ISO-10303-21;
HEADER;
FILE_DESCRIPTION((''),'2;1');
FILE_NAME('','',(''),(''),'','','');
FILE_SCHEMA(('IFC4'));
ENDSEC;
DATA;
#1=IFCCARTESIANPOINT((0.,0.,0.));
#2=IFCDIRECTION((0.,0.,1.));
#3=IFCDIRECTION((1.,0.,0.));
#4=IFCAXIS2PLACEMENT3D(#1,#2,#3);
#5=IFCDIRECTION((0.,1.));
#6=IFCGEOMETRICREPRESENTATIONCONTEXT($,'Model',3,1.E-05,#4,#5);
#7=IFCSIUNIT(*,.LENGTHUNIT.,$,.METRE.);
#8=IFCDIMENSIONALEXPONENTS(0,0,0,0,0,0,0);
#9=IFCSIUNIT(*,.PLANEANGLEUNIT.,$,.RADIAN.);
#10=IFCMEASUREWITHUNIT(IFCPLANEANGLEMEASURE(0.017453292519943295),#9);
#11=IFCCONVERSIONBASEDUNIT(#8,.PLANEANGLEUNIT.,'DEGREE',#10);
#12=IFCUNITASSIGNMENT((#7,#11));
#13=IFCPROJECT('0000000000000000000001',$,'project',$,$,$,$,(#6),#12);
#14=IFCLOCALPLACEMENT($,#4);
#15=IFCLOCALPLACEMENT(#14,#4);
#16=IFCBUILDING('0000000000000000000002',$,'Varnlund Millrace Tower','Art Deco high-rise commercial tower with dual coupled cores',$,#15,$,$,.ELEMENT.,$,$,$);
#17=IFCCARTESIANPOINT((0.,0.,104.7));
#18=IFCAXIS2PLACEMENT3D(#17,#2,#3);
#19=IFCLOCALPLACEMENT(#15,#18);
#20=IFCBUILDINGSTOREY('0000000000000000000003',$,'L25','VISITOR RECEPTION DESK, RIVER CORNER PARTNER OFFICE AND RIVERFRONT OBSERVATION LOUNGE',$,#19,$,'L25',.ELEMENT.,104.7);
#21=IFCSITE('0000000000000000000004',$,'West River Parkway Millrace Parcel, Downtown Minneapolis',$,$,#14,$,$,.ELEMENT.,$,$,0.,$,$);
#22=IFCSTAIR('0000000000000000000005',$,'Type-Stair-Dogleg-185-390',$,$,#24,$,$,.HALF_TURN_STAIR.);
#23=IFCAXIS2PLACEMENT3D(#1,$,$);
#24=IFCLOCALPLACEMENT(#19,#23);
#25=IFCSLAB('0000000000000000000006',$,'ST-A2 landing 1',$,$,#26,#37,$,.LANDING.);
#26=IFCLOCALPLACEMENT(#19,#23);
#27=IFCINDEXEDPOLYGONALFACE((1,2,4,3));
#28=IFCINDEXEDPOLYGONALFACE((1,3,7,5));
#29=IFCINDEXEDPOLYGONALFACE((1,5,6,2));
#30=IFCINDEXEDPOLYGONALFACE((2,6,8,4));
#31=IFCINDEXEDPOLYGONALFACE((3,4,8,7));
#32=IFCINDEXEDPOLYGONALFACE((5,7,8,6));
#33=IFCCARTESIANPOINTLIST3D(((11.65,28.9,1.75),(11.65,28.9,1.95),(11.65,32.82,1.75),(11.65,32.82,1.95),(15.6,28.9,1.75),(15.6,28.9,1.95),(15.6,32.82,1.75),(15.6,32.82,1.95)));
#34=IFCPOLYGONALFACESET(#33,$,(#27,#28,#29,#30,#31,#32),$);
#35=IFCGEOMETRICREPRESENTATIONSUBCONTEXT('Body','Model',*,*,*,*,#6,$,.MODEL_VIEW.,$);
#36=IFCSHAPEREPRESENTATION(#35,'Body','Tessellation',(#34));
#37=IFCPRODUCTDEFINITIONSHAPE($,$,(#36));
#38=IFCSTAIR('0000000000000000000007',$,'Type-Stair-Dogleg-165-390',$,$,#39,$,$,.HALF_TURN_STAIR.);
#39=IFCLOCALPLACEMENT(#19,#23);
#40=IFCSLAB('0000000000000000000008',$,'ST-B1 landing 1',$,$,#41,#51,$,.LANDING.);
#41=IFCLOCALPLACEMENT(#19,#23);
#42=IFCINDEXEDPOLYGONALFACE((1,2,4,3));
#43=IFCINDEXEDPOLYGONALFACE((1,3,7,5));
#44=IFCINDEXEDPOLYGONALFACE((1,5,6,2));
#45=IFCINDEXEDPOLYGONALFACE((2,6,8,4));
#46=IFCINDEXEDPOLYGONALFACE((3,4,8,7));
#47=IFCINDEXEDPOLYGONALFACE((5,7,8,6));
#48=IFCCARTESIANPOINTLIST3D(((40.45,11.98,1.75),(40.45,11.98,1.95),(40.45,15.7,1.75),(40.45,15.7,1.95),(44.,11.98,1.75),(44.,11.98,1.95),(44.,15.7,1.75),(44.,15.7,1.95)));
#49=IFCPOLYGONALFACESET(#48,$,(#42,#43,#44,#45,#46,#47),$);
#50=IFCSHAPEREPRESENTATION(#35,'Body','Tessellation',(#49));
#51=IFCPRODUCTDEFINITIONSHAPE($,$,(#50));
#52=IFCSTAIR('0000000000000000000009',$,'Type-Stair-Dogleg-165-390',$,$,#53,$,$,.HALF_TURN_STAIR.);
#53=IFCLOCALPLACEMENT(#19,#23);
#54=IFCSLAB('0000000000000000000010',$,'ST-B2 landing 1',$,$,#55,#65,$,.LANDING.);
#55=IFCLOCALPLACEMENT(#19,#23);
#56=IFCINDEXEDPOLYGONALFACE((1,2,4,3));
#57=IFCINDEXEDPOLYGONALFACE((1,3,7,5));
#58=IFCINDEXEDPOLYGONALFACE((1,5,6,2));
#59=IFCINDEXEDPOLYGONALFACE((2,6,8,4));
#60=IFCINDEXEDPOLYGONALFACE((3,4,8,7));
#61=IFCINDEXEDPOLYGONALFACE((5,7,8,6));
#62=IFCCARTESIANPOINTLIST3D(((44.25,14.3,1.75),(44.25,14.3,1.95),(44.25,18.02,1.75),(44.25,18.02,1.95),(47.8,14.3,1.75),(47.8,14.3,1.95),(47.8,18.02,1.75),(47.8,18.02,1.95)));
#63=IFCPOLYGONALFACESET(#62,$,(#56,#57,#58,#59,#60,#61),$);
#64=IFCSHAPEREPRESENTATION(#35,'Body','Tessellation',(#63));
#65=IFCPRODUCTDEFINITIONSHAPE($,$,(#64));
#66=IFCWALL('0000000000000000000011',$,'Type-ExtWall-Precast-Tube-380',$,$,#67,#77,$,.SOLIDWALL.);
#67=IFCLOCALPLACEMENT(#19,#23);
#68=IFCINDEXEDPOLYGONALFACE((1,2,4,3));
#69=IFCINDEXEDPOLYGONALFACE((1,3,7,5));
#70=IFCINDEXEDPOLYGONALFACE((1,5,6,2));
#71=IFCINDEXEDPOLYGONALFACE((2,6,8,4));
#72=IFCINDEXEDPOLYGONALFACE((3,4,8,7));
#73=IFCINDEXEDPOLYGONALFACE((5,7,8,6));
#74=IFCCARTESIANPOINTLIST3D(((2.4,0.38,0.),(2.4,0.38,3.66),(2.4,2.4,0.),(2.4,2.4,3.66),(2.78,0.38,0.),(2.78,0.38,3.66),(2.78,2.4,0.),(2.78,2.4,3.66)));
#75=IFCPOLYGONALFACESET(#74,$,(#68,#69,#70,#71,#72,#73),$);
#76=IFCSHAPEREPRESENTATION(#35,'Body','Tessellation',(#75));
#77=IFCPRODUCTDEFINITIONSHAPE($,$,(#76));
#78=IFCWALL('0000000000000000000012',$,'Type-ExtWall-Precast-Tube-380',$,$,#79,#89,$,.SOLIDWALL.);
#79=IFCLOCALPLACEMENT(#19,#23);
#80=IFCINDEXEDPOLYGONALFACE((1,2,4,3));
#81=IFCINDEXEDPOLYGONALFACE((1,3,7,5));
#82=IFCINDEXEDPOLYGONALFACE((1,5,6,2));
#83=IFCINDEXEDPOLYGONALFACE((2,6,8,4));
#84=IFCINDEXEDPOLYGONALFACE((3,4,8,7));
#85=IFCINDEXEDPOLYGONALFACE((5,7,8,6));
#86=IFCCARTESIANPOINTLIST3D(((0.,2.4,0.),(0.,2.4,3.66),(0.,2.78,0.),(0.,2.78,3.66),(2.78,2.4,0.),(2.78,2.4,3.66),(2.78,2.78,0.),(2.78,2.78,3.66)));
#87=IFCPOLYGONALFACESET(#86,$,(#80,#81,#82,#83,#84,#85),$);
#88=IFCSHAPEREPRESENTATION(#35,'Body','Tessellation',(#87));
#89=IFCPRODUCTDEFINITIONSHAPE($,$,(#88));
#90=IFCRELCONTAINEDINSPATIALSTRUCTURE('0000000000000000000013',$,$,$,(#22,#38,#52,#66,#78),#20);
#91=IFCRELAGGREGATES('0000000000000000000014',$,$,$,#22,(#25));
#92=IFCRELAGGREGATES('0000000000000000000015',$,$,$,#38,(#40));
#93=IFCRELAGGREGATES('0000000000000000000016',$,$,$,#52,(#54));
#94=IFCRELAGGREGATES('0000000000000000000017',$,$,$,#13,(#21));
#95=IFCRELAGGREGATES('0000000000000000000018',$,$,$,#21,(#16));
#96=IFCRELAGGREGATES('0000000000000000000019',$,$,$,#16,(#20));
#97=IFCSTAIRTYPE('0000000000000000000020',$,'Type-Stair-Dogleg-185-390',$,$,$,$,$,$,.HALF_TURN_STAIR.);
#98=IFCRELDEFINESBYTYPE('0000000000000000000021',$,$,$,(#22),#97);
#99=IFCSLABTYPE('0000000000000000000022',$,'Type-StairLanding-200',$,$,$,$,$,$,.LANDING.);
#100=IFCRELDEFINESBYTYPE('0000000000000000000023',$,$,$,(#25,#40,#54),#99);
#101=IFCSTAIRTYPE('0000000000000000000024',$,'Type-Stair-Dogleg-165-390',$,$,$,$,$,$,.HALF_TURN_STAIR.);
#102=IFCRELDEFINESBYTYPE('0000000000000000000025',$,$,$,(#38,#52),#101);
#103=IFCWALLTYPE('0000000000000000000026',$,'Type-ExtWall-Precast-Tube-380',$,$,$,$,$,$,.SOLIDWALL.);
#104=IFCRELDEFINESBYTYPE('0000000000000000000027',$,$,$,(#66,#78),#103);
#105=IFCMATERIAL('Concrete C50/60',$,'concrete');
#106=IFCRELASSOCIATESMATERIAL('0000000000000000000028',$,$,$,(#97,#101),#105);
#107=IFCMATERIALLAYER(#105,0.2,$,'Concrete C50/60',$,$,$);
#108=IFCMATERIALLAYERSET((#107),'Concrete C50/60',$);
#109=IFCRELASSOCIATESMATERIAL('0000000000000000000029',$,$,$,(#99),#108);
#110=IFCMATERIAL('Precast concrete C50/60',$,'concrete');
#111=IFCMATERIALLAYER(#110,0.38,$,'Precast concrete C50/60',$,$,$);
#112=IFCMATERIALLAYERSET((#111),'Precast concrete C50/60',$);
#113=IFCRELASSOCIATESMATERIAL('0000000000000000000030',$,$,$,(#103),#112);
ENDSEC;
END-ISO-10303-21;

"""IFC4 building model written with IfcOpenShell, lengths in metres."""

from ifc_helpers import new_model, entity, si_unit, converted_unit, direction, frame, origin_with_axes, place, context, subcontext, project, spatial, polyline, outline, extrude, material, layer, layer_set, type_object, element, aggregate, save


model = new_model("IFC4")

# Units and contexts
model_context = context("Model", 3, precision=1e-05, world=origin_with_axes(), true_north=direction((0.0, 1.0)))
body_context = subcontext(model_context, "Body", "Model", "MODEL_VIEW")
ifc_project = project(units=[si_unit("LENGTHUNIT", "METRE"), converted_unit("PLANEANGLEUNIT", "DEGREE", entity("IfcPlaneAngleMeasure", 0.017453292519943295), si_unit("PLANEANGLEUNIT", "RADIAN"), dimensions=[0, 0, 0, 0, 0, 0, 0])], contexts=[model_context])

# Site, building, storey
site_placement = place(None, origin_with_axes())
site = spatial("IfcSite", under=ifc_project, at=site_placement, Name="West River Parkway Millrace Parcel, Downtown Minneapolis", CompositionType="ELEMENT", RefElevation=0.0)
building_placement = place(site_placement, origin_with_axes())
building = spatial("IfcBuilding", under=site, at=building_placement, Name="Varnlund Millrace Tower", Description="Art Deco high-rise commercial tower with dual coupled cores", CompositionType="ELEMENT")
storey_placement = place(building_placement, frame((0.0, 0.0, 104.7), z_axis=(0.0, 0.0, 1.0), x_axis=(1.0, 0.0, 0.0)))
storey = spatial("IfcBuildingStorey", under=building, at=storey_placement, Name="L25", Description="VISITOR RECEPTION DESK, RIVER CORNER PARTNER OFFICE AND RIVERFRONT OBSERVATION LOUNGE", LongName="L25", CompositionType="ELEMENT", Elevation=104.7)

# Stairs, slabs
ifc_material_1 = material(Name="Concrete C50/60", Category="concrete")
stair_type_1 = type_object("IfcStairType", Name="Type-Stair-Dogleg-185-390", PredefinedType="HALF_TURN_STAIR", material=ifc_material_1)
ifc_layer_1 = layer(ifc_material_1, 0.2, Name="Concrete C50/60")
ifc_layer_set_1 = layer_set([ifc_layer_1], Name="Concrete C50/60")
slab_type = type_object("IfcSlabType", Name="Type-StairLanding-200", PredefinedType="LANDING", material=ifc_layer_set_1)
stair_1_placement = place(storey_placement, origin_with_axes())
stair_1 = element("IfcStair", 1, at=stair_1_placement, inside=storey, type_object=stair_type_1, Name="Type-Stair-Dogleg-185-390", PredefinedType="HALF_TURN_STAIR")
slab_1_placement = place(storey_placement, frame((0.0, 0.0, 1.75), z_axis=(0.0, 0.0, 1.0), x_axis=(1.0, 0.0, 0.0)))
slab_1 = element("IfcSlab", 2, at=slab_1_placement, type_object=slab_type, Name="ST-A2 landing 1", PredefinedType="LANDING", context=body_context, shape_type="SweptSolid", body=[
    extrude(outline(polyline([(11.65, 32.82), (11.65, 28.9), (15.6, 28.9), (15.6, 32.82), (11.65, 32.82)])), origin_with_axes(), (0.0, 0.0, 1.0), 0.2),
])
aggregate(stair_1, [slab_1])
stair_type_2 = type_object("IfcStairType", Name="Type-Stair-Dogleg-165-390", PredefinedType="HALF_TURN_STAIR", material=ifc_material_1)
stair_2_placement = place(storey_placement, origin_with_axes())
stair_2 = element("IfcStair", 3, at=stair_2_placement, inside=storey, type_object=stair_type_2, Name="Type-Stair-Dogleg-165-390", PredefinedType="HALF_TURN_STAIR")
slab_2_placement = place(storey_placement, frame((0.0, 0.0, 1.75), z_axis=(0.0, 0.0, 1.0), x_axis=(1.0, 0.0, 0.0)))
slab_2 = element("IfcSlab", 4, at=slab_2_placement, type_object=slab_type, Name="ST-B1 landing 1", PredefinedType="LANDING", context=body_context, shape_type="SweptSolid", body=[
    extrude(outline(polyline([(44.0, 11.98), (44.0, 15.7), (40.45, 15.7), (40.45, 11.98), (44.0, 11.98)])), origin_with_axes(), (0.0, 0.0, 1.0), 0.2),
])
aggregate(stair_2, [slab_2])
stair_3_placement = place(storey_placement, origin_with_axes())
stair_3 = element("IfcStair", 5, at=stair_3_placement, inside=storey, type_object=stair_type_2, Name="Type-Stair-Dogleg-165-390", PredefinedType="HALF_TURN_STAIR")
slab_3_placement = place(storey_placement, frame((0.0, 0.0, 1.75), z_axis=(0.0, 0.0, 1.0), x_axis=(1.0, 0.0, 0.0)))
slab_3 = element("IfcSlab", 6, at=slab_3_placement, type_object=slab_type, Name="ST-B2 landing 1", PredefinedType="LANDING", context=body_context, shape_type="SweptSolid", body=[
    extrude(outline(polyline([(44.25, 18.02), (44.25, 14.3), (47.8, 14.3), (47.8, 18.02), (44.25, 18.02)])), origin_with_axes(), (0.0, 0.0, 1.0), 0.2),
])
aggregate(stair_3, [slab_3])

# Walls
ifc_material_2 = material(Name="Precast concrete C50/60", Category="concrete")
ifc_layer_2 = layer(ifc_material_2, 0.38, Name="Precast concrete C50/60")
ifc_layer_set_2 = layer_set([ifc_layer_2], Name="Precast concrete C50/60")
wall_type = type_object("IfcWallType", Name="Type-ExtWall-Precast-Tube-380", PredefinedType="SOLIDWALL", material=ifc_layer_set_2)
wall_1_placement = place(storey_placement, frame((2.59, 0.38, 0.0), z_axis=(0.0, 0.0, 1.0), x_axis=(0.0, 1.0, 0.0)))
element("IfcWall", 7, at=wall_1_placement, inside=storey, type_object=wall_type, Name="Type-ExtWall-Precast-Tube-380", PredefinedType="SOLIDWALL", context=body_context, shape_type="SweptSolid", body=[
    extrude(outline(polyline([(0.0, -0.19), (2.02, -0.19), (2.02, 0.19), (0.0, 0.19), (0.0, -0.19)])), origin_with_axes(), (0.0, 0.0, 1.0), 3.66),
])
wall_2_placement = place(storey_placement, frame((2.78, 2.59, 0.0), z_axis=(0.0, 0.0, 1.0), x_axis=(-1.0, 0.0, 0.0)))
element("IfcWall", 8, at=wall_2_placement, inside=storey, type_object=wall_type, Name="Type-ExtWall-Precast-Tube-380", PredefinedType="SOLIDWALL", context=body_context, shape_type="SweptSolid", body=[
    extrude(outline(polyline([(0.0, -0.19), (2.78, -0.19), (2.78, 0.19), (0.0, 0.19), (0.0, -0.19)])), origin_with_axes(), (0.0, 0.0, 1.0), 3.66),
])

save(model, "model.ifc")
